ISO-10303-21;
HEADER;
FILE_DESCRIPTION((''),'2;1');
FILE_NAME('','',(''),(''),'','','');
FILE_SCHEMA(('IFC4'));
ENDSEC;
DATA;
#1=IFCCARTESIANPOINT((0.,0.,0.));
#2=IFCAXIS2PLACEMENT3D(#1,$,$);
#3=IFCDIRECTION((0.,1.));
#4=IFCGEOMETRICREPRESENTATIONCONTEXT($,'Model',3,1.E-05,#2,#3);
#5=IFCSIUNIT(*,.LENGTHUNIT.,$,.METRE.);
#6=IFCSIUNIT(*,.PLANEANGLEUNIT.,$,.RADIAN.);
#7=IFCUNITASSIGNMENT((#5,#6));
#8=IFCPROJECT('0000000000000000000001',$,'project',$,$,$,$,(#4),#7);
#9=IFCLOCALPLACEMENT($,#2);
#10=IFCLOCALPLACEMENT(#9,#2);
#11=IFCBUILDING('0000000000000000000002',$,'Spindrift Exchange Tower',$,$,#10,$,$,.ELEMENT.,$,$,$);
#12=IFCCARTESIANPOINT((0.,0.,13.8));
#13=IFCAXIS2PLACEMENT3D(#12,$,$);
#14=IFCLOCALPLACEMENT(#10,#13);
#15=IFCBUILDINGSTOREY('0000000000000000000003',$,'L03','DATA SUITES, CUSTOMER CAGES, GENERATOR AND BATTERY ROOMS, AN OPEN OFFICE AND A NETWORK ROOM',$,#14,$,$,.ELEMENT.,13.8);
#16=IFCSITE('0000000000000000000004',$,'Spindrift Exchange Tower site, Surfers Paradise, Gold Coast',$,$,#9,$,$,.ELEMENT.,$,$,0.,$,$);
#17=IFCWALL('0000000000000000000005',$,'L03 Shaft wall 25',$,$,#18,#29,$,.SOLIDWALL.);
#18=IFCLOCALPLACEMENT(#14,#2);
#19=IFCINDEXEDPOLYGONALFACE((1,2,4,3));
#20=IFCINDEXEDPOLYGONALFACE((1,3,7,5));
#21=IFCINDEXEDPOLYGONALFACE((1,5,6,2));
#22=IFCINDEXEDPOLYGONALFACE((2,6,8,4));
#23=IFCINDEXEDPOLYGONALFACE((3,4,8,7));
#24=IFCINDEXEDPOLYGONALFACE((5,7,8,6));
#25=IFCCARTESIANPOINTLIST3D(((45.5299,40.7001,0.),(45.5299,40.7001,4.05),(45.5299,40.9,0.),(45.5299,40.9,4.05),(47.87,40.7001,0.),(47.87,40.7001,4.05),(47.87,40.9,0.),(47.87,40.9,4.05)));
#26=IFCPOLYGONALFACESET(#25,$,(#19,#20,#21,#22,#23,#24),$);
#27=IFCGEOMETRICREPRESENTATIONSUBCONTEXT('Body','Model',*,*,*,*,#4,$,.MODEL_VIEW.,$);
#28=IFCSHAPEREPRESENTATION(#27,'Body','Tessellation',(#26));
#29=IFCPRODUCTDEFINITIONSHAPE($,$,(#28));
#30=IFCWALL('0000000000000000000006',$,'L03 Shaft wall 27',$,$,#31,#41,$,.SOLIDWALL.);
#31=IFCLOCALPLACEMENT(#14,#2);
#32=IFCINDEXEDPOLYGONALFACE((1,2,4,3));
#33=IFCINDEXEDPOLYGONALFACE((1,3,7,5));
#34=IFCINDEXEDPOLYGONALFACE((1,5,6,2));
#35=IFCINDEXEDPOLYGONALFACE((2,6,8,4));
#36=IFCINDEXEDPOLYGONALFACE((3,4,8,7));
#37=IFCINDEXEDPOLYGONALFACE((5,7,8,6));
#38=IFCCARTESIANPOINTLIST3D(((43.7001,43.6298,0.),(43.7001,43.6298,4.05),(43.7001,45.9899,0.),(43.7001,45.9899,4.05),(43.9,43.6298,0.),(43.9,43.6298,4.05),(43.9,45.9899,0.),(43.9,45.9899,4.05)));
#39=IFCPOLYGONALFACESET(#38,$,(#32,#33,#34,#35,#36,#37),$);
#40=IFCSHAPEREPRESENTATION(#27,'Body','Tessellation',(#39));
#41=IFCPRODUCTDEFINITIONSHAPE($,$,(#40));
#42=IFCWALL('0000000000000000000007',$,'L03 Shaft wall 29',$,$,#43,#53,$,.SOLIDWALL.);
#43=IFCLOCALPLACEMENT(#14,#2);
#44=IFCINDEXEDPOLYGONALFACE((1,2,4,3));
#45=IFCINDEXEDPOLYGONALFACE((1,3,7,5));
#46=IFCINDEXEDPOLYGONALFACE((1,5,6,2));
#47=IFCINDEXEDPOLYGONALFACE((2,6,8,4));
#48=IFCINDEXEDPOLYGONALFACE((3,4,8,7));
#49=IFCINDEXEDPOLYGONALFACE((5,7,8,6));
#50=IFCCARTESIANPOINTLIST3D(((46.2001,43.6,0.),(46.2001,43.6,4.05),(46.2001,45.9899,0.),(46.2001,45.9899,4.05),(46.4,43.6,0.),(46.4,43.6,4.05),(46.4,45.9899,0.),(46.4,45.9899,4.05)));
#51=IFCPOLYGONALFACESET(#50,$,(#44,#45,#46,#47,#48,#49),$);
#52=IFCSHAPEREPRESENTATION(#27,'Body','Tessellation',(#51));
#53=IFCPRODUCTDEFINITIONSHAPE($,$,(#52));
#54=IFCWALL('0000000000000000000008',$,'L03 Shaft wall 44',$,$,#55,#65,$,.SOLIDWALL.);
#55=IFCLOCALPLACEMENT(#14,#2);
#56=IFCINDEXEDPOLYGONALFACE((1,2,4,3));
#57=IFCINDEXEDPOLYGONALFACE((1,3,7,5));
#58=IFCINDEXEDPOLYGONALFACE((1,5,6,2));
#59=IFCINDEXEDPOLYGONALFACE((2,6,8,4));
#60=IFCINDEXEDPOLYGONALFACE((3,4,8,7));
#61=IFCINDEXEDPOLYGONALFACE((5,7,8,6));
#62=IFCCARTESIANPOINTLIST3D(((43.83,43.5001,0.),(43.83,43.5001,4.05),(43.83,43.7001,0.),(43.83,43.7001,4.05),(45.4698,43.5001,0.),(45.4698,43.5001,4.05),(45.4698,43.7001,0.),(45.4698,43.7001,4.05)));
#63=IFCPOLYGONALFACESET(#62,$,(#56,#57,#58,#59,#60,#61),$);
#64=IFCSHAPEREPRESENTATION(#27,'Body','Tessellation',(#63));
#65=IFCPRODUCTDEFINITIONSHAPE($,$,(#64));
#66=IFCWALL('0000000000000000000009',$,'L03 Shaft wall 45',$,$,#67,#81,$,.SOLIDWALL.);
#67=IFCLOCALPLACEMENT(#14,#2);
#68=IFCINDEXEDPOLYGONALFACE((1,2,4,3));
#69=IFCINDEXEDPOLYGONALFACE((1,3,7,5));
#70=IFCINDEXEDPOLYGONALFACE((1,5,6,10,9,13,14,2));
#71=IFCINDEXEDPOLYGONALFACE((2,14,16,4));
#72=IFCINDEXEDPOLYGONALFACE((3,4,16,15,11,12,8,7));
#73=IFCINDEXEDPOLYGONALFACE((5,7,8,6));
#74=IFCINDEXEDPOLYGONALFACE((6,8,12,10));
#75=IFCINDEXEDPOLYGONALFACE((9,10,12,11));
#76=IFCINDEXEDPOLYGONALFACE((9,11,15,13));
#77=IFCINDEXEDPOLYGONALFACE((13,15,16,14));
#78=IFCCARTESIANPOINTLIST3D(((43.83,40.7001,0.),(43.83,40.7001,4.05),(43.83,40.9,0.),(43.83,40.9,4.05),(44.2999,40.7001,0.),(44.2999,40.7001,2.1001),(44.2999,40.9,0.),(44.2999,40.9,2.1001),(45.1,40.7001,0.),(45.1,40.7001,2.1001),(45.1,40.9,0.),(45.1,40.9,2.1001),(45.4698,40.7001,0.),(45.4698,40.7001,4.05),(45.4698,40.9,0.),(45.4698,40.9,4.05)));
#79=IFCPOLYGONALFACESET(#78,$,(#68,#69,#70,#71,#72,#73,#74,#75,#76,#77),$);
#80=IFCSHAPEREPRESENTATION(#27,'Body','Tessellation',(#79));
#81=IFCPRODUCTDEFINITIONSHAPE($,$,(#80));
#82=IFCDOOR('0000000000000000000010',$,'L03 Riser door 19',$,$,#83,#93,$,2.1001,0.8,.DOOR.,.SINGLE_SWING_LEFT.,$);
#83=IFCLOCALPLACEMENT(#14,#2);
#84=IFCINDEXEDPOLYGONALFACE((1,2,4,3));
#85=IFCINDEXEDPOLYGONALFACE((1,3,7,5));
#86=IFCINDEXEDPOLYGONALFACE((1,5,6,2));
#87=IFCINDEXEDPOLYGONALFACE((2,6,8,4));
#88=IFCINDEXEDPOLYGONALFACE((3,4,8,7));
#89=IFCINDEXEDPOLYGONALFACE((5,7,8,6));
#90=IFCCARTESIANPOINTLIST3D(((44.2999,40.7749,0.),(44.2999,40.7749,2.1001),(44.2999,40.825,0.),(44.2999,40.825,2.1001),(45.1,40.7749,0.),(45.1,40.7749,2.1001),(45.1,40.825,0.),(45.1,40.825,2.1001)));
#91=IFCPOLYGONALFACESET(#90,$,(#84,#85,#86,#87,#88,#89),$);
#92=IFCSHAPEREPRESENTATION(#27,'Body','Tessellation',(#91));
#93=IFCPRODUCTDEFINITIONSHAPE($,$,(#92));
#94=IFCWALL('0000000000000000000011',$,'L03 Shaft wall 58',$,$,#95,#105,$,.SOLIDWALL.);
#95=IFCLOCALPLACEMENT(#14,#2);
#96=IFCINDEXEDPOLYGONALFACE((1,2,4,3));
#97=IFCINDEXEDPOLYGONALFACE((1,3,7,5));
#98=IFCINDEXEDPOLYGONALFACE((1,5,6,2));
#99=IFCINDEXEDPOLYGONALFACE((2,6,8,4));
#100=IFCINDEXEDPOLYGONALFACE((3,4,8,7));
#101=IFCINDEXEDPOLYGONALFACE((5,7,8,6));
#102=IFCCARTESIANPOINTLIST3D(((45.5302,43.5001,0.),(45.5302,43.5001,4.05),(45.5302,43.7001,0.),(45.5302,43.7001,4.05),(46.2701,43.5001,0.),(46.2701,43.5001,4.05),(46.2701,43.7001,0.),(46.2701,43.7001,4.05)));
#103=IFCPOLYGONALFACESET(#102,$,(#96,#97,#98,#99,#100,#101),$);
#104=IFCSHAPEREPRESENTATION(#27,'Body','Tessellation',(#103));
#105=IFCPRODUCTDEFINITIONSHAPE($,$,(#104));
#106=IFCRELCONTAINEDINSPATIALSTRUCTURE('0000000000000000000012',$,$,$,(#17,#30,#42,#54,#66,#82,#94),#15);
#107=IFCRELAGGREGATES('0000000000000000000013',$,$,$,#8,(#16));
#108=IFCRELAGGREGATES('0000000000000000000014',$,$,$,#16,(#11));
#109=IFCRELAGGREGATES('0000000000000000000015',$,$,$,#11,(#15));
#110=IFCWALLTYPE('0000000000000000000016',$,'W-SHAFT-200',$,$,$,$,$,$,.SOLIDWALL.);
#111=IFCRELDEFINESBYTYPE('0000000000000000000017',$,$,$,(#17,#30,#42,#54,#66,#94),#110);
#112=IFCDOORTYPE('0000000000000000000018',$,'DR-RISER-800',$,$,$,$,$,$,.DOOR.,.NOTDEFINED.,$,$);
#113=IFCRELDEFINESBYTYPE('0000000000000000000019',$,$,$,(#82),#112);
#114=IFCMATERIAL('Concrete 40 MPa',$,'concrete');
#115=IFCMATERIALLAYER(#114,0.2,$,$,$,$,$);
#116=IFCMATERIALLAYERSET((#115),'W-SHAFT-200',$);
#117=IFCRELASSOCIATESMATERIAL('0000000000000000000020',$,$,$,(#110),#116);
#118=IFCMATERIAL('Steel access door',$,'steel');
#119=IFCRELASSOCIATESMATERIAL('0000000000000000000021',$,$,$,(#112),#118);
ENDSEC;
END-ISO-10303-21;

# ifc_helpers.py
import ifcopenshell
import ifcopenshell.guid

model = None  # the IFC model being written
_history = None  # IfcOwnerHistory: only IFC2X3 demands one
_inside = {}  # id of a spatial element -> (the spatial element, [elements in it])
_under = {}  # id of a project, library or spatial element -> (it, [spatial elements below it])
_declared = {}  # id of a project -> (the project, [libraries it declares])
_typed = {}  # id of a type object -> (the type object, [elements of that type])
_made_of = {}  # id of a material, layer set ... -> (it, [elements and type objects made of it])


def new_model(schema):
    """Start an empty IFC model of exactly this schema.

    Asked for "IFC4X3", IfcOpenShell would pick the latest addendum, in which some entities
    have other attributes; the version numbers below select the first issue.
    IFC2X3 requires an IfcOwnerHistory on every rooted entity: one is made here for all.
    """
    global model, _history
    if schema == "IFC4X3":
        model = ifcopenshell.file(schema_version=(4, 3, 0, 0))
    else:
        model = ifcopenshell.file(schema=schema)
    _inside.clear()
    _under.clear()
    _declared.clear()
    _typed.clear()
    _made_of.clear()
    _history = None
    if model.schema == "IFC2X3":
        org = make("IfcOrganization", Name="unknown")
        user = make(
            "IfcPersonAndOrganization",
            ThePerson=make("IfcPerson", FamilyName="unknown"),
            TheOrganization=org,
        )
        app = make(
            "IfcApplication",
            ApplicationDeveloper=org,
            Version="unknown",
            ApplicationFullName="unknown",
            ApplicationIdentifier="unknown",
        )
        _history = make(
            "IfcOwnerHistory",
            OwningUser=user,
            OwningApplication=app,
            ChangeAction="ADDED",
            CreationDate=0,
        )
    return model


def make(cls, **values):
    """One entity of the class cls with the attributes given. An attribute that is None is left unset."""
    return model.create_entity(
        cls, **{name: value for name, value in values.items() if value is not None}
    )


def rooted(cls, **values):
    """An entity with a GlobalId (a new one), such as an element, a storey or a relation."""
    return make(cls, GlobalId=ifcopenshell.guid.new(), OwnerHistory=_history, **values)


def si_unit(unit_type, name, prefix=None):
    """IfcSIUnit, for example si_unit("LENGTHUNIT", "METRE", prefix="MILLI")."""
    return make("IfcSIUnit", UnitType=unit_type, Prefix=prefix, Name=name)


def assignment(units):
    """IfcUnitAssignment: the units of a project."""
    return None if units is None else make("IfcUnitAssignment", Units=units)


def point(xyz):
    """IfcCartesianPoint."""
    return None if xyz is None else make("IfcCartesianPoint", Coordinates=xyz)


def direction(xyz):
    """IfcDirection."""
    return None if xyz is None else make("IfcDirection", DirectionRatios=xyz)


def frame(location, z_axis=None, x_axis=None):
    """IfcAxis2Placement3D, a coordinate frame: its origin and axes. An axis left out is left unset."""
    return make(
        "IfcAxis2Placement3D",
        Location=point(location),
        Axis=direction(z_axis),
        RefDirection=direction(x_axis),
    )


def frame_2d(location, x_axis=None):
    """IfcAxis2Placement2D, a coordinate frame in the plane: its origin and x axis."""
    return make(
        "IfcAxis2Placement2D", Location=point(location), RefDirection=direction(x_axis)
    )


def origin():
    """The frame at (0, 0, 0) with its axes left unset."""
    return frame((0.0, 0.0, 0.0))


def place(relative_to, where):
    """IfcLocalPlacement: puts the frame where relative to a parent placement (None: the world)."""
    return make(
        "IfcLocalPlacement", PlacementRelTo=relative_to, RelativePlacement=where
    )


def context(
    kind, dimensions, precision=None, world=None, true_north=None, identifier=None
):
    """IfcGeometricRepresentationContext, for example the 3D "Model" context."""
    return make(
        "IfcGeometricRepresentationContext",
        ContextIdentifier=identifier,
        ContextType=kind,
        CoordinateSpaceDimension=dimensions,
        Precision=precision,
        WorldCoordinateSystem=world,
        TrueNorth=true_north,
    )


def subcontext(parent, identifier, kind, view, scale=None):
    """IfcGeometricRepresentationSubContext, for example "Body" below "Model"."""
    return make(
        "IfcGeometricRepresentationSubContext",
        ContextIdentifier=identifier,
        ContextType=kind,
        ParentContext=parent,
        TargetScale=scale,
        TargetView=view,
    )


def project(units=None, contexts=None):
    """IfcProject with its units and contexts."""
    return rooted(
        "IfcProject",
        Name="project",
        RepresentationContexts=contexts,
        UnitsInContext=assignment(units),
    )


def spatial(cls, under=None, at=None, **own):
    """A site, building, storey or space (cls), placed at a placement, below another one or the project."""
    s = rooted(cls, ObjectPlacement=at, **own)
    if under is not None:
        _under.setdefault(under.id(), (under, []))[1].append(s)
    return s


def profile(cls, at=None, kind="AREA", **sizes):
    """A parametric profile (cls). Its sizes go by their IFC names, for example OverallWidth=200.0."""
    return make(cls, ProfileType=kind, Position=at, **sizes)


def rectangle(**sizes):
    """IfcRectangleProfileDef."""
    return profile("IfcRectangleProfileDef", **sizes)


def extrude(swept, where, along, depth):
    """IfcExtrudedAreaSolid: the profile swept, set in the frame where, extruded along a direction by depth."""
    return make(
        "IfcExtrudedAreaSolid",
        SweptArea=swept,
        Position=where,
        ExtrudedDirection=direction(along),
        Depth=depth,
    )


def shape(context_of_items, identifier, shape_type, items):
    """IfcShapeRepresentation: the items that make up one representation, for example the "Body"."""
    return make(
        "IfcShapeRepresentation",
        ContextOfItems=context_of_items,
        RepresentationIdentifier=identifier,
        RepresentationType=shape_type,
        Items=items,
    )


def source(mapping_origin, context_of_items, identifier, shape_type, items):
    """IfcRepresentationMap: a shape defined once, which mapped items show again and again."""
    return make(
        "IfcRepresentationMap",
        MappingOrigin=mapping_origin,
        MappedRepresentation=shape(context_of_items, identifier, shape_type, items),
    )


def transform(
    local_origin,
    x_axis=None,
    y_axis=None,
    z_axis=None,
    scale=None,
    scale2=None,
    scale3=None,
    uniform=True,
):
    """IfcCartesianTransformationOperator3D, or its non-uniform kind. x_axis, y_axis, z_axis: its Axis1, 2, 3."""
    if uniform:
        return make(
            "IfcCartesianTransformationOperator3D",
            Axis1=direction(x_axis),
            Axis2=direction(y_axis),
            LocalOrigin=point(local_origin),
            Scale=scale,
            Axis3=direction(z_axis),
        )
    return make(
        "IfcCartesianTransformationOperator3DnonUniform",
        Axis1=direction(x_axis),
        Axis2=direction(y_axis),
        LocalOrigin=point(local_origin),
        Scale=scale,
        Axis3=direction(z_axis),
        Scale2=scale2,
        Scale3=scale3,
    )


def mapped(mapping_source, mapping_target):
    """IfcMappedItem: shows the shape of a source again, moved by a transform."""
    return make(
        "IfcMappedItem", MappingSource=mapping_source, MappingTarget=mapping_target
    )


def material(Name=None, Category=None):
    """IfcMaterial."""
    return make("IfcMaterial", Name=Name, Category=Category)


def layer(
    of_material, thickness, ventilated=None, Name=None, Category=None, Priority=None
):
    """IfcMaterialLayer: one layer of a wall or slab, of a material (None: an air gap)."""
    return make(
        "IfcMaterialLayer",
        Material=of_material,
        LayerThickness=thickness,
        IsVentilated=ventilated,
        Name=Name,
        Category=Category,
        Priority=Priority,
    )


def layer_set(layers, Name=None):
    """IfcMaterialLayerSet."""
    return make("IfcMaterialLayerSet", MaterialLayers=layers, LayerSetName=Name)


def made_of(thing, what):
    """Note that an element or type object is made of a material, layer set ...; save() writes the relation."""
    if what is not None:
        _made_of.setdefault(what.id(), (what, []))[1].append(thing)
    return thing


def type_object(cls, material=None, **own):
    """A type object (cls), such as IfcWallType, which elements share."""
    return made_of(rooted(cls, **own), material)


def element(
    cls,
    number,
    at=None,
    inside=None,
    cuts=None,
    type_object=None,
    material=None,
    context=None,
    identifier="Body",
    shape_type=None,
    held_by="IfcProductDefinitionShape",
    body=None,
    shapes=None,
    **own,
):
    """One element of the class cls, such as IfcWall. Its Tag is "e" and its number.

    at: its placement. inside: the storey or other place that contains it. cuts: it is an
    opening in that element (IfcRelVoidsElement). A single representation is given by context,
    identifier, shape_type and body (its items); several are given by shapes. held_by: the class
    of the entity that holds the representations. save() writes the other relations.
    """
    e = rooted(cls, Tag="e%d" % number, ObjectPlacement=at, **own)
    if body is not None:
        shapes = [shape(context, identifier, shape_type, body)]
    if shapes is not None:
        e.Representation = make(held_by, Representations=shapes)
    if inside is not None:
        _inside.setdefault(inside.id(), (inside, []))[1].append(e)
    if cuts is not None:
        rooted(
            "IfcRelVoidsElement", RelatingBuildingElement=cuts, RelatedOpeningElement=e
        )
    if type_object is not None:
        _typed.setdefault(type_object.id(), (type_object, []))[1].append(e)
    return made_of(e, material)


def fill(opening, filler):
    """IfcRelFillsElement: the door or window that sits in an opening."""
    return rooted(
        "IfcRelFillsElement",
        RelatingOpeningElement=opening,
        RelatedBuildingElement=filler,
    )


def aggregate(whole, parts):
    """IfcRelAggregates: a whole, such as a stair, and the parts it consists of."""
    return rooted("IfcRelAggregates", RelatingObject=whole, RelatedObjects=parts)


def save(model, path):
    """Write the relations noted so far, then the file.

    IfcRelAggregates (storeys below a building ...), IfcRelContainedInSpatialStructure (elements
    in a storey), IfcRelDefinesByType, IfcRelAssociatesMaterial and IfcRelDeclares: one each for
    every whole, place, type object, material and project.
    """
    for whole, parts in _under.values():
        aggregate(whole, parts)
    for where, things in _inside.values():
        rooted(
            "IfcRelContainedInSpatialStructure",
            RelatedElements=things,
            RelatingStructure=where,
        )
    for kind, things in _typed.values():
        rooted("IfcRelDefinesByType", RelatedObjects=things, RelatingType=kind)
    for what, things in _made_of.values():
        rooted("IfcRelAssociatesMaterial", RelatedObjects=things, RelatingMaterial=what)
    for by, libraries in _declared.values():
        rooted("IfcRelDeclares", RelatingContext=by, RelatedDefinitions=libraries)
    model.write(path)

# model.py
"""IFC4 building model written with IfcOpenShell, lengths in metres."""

from ifc_helpers import new_model, si_unit, direction, frame, frame_2d, origin, place, context, subcontext, project, spatial, rectangle, extrude, source, transform, mapped, material, layer, layer_set, type_object, element, fill, save


model = new_model("IFC4")

# Units and contexts
model_context = context("Model", 3, precision=1e-05, world=origin(), true_north=direction((0.0, 1.0)))
body_context = subcontext(model_context, "Body", "Model", "MODEL_VIEW")
ifc_project = project(units=[si_unit("LENGTHUNIT", "METRE"), si_unit("PLANEANGLEUNIT", "RADIAN")], contexts=[model_context])

# Site, building, storey
site_placement = place(None, origin())
site = spatial("IfcSite", under=ifc_project, at=site_placement, Name="Spindrift Exchange Tower site, Surfers Paradise, Gold Coast", CompositionType="ELEMENT", RefElevation=0.0)
building_placement = place(site_placement, origin())
building = spatial("IfcBuilding", under=site, at=building_placement, Name="Spindrift Exchange Tower", CompositionType="ELEMENT")
storey_placement = place(building_placement, frame((0.0, 0.0, 13.8)))
storey = spatial("IfcBuildingStorey", under=building, at=storey_placement, Name="L03", Description="DATA SUITES, CUSTOMER CAGES, GENERATOR AND BATTERY ROOMS, AN OPEN OFFICE AND A NETWORK ROOM", CompositionType="ELEMENT", Elevation=13.8)

# Shared definitions
ifc_material_1 = material(Name="Steel access door", Category="steel")

# Walls
ifc_material_2 = material(Name="Concrete 40 MPa", Category="concrete")
ifc_layer_1 = layer(ifc_material_2, 0.2)
ifc_layer_set_1 = layer_set([ifc_layer_1], Name="W-SHAFT-200")
wall_type_1 = type_object("IfcWallType", Name="W-SHAFT-200", PredefinedType="SOLIDWALL", material=ifc_layer_set_1)
wall_1_placement = place(storey_placement, frame((45.53, 40.8, 0.0), z_axis=(0.0, 0.0, 1.0), x_axis=(1.0, 0.0, 0.0)))
element("IfcWall", 1, at=wall_1_placement, inside=storey, type_object=wall_type_1, Name="L03 Shaft wall 25", PredefinedType="SOLIDWALL", context=body_context, shape_type="SweptSolid", body=[
    extrude(rectangle(XDim=2.3401, YDim=0.2, at=frame_2d((1.1699, 0.0))), origin(), (0.0, 0.0, 1.0), 4.05),
])
wall_2_placement = place(storey_placement, frame((43.8, 45.99, 0.0), z_axis=(0.0, 0.0, 1.0), x_axis=(0.0, -1.0, 0.0)))
element("IfcWall", 2, at=wall_2_placement, inside=storey, type_object=wall_type_1, Name="L03 Shaft wall 27", PredefinedType="SOLIDWALL", context=body_context, shape_type="SweptSolid", body=[
    extrude(rectangle(XDim=2.3601, YDim=0.2, at=frame_2d((1.1802, 0.0))), origin(), (0.0, 0.0, 1.0), 4.05),
])
wall_3_placement = place(storey_placement, frame((46.3, 43.6001, 0.0), z_axis=(0.0, 0.0, 1.0), x_axis=(0.0, 1.0, 0.0)))
element("IfcWall", 3, at=wall_3_placement, inside=storey, type_object=wall_type_1, Name="L03 Shaft wall 29", PredefinedType="SOLIDWALL", context=body_context, shape_type="SweptSolid", body=[
    extrude(rectangle(XDim=2.3899, YDim=0.2, at=frame_2d((1.1948, 0.0))), origin(), (0.0, 0.0, 1.0), 4.05),
])
wall_4_placement = place(storey_placement, frame((43.8301, 43.6001, 0.0), z_axis=(0.0, 0.0, 1.0), x_axis=(1.0, 0.0, 0.0)))
element("IfcWall", 4, at=wall_4_placement, inside=storey, type_object=wall_type_1, Name="L03 Shaft wall 44", PredefinedType="SOLIDWALL", context=body_context, shape_type="SweptSolid", body=[
    extrude(rectangle(XDim=1.6399, YDim=0.2, at=frame_2d((0.8198, 0.0))), origin(), (0.0, 0.0, 1.0), 4.05),
])

# Wall, opening, door
wall_5_placement = place(storey_placement, frame((43.8301, 40.8, 0.0), z_axis=(0.0, 0.0, 1.0), x_axis=(1.0, 0.0, 0.0)))
wall_5 = element("IfcWall", 5, at=wall_5_placement, inside=storey, type_object=wall_type_1, Name="L03 Shaft wall 45", PredefinedType="SOLIDWALL", context=body_context, shape_type="SweptSolid", body=[
    extrude(rectangle(XDim=1.6399, YDim=0.2, at=frame_2d((0.8198, 0.0))), origin(), (0.0, 0.0, 1.0), 4.05),
])
opening_1_placement = place(wall_5_placement, frame((0.47, 0.0, 0.0)))
opening_1 = element("IfcOpeningElement", 6, at=opening_1_placement, cuts=wall_5, PredefinedType="OPENING", context=body_context, shape_type="SweptSolid", body=[
    extrude(rectangle(XDim=0.8, YDim=2.1001, at=frame_2d((0.3999, 1.05))), frame((0.0, 0.1099, 0.0), z_axis=(0.0, -1.0, 0.0), x_axis=(1.0, 0.0, 0.0)), (0.0, 0.0, 1.0), 0.22),
])
door_type_1 = type_object("IfcDoorType", Name="DR-RISER-800", OperationType="NOTDEFINED", PredefinedType="DOOR", material=ifc_material_1)
shared_shape_1 = source(origin(), body_context, "Body", "SweptSolid", [
    extrude(rectangle(XDim=0.8, YDim=2.1001, at=frame_2d((0.3999, 1.05))), frame((0.0, 0.0249, 0.0), z_axis=(0.0, -1.0, 0.0), x_axis=(1.0, 0.0, 0.0)), (0.0, 0.0, 1.0), 0.05),
])
door_1_placement = place(opening_1_placement, origin())
door_1 = element("IfcDoor", 7, at=door_1_placement, inside=storey, type_object=door_type_1, Name="L03 Riser door 19", OperationType="SINGLE_SWING_LEFT", OverallHeight=2.1001, OverallWidth=0.8, PredefinedType="DOOR", context=body_context, shape_type="MappedRepresentation", body=[
    mapped(shared_shape_1, transform((0.0, 0.0, 0.0), scale=1.0)),
])
fill(opening_1, door_1)

# Wall
wall_6_placement = place(storey_placement, frame((45.53, 43.6001, 0.0), z_axis=(0.0, 0.0, 1.0), x_axis=(1.0, 0.0, 0.0)))
element("IfcWall", 8, at=wall_6_placement, inside=storey, type_object=wall_type_1, Name="L03 Shaft wall 58", PredefinedType="SOLIDWALL", context=body_context, shape_type="SweptSolid", body=[
    extrude(rectangle(XDim=0.74, YDim=0.2, at=frame_2d((0.3701, 0.0))), origin(), (0.0, 0.0, 1.0), 4.05),
])

save(model, "model.ifc")
